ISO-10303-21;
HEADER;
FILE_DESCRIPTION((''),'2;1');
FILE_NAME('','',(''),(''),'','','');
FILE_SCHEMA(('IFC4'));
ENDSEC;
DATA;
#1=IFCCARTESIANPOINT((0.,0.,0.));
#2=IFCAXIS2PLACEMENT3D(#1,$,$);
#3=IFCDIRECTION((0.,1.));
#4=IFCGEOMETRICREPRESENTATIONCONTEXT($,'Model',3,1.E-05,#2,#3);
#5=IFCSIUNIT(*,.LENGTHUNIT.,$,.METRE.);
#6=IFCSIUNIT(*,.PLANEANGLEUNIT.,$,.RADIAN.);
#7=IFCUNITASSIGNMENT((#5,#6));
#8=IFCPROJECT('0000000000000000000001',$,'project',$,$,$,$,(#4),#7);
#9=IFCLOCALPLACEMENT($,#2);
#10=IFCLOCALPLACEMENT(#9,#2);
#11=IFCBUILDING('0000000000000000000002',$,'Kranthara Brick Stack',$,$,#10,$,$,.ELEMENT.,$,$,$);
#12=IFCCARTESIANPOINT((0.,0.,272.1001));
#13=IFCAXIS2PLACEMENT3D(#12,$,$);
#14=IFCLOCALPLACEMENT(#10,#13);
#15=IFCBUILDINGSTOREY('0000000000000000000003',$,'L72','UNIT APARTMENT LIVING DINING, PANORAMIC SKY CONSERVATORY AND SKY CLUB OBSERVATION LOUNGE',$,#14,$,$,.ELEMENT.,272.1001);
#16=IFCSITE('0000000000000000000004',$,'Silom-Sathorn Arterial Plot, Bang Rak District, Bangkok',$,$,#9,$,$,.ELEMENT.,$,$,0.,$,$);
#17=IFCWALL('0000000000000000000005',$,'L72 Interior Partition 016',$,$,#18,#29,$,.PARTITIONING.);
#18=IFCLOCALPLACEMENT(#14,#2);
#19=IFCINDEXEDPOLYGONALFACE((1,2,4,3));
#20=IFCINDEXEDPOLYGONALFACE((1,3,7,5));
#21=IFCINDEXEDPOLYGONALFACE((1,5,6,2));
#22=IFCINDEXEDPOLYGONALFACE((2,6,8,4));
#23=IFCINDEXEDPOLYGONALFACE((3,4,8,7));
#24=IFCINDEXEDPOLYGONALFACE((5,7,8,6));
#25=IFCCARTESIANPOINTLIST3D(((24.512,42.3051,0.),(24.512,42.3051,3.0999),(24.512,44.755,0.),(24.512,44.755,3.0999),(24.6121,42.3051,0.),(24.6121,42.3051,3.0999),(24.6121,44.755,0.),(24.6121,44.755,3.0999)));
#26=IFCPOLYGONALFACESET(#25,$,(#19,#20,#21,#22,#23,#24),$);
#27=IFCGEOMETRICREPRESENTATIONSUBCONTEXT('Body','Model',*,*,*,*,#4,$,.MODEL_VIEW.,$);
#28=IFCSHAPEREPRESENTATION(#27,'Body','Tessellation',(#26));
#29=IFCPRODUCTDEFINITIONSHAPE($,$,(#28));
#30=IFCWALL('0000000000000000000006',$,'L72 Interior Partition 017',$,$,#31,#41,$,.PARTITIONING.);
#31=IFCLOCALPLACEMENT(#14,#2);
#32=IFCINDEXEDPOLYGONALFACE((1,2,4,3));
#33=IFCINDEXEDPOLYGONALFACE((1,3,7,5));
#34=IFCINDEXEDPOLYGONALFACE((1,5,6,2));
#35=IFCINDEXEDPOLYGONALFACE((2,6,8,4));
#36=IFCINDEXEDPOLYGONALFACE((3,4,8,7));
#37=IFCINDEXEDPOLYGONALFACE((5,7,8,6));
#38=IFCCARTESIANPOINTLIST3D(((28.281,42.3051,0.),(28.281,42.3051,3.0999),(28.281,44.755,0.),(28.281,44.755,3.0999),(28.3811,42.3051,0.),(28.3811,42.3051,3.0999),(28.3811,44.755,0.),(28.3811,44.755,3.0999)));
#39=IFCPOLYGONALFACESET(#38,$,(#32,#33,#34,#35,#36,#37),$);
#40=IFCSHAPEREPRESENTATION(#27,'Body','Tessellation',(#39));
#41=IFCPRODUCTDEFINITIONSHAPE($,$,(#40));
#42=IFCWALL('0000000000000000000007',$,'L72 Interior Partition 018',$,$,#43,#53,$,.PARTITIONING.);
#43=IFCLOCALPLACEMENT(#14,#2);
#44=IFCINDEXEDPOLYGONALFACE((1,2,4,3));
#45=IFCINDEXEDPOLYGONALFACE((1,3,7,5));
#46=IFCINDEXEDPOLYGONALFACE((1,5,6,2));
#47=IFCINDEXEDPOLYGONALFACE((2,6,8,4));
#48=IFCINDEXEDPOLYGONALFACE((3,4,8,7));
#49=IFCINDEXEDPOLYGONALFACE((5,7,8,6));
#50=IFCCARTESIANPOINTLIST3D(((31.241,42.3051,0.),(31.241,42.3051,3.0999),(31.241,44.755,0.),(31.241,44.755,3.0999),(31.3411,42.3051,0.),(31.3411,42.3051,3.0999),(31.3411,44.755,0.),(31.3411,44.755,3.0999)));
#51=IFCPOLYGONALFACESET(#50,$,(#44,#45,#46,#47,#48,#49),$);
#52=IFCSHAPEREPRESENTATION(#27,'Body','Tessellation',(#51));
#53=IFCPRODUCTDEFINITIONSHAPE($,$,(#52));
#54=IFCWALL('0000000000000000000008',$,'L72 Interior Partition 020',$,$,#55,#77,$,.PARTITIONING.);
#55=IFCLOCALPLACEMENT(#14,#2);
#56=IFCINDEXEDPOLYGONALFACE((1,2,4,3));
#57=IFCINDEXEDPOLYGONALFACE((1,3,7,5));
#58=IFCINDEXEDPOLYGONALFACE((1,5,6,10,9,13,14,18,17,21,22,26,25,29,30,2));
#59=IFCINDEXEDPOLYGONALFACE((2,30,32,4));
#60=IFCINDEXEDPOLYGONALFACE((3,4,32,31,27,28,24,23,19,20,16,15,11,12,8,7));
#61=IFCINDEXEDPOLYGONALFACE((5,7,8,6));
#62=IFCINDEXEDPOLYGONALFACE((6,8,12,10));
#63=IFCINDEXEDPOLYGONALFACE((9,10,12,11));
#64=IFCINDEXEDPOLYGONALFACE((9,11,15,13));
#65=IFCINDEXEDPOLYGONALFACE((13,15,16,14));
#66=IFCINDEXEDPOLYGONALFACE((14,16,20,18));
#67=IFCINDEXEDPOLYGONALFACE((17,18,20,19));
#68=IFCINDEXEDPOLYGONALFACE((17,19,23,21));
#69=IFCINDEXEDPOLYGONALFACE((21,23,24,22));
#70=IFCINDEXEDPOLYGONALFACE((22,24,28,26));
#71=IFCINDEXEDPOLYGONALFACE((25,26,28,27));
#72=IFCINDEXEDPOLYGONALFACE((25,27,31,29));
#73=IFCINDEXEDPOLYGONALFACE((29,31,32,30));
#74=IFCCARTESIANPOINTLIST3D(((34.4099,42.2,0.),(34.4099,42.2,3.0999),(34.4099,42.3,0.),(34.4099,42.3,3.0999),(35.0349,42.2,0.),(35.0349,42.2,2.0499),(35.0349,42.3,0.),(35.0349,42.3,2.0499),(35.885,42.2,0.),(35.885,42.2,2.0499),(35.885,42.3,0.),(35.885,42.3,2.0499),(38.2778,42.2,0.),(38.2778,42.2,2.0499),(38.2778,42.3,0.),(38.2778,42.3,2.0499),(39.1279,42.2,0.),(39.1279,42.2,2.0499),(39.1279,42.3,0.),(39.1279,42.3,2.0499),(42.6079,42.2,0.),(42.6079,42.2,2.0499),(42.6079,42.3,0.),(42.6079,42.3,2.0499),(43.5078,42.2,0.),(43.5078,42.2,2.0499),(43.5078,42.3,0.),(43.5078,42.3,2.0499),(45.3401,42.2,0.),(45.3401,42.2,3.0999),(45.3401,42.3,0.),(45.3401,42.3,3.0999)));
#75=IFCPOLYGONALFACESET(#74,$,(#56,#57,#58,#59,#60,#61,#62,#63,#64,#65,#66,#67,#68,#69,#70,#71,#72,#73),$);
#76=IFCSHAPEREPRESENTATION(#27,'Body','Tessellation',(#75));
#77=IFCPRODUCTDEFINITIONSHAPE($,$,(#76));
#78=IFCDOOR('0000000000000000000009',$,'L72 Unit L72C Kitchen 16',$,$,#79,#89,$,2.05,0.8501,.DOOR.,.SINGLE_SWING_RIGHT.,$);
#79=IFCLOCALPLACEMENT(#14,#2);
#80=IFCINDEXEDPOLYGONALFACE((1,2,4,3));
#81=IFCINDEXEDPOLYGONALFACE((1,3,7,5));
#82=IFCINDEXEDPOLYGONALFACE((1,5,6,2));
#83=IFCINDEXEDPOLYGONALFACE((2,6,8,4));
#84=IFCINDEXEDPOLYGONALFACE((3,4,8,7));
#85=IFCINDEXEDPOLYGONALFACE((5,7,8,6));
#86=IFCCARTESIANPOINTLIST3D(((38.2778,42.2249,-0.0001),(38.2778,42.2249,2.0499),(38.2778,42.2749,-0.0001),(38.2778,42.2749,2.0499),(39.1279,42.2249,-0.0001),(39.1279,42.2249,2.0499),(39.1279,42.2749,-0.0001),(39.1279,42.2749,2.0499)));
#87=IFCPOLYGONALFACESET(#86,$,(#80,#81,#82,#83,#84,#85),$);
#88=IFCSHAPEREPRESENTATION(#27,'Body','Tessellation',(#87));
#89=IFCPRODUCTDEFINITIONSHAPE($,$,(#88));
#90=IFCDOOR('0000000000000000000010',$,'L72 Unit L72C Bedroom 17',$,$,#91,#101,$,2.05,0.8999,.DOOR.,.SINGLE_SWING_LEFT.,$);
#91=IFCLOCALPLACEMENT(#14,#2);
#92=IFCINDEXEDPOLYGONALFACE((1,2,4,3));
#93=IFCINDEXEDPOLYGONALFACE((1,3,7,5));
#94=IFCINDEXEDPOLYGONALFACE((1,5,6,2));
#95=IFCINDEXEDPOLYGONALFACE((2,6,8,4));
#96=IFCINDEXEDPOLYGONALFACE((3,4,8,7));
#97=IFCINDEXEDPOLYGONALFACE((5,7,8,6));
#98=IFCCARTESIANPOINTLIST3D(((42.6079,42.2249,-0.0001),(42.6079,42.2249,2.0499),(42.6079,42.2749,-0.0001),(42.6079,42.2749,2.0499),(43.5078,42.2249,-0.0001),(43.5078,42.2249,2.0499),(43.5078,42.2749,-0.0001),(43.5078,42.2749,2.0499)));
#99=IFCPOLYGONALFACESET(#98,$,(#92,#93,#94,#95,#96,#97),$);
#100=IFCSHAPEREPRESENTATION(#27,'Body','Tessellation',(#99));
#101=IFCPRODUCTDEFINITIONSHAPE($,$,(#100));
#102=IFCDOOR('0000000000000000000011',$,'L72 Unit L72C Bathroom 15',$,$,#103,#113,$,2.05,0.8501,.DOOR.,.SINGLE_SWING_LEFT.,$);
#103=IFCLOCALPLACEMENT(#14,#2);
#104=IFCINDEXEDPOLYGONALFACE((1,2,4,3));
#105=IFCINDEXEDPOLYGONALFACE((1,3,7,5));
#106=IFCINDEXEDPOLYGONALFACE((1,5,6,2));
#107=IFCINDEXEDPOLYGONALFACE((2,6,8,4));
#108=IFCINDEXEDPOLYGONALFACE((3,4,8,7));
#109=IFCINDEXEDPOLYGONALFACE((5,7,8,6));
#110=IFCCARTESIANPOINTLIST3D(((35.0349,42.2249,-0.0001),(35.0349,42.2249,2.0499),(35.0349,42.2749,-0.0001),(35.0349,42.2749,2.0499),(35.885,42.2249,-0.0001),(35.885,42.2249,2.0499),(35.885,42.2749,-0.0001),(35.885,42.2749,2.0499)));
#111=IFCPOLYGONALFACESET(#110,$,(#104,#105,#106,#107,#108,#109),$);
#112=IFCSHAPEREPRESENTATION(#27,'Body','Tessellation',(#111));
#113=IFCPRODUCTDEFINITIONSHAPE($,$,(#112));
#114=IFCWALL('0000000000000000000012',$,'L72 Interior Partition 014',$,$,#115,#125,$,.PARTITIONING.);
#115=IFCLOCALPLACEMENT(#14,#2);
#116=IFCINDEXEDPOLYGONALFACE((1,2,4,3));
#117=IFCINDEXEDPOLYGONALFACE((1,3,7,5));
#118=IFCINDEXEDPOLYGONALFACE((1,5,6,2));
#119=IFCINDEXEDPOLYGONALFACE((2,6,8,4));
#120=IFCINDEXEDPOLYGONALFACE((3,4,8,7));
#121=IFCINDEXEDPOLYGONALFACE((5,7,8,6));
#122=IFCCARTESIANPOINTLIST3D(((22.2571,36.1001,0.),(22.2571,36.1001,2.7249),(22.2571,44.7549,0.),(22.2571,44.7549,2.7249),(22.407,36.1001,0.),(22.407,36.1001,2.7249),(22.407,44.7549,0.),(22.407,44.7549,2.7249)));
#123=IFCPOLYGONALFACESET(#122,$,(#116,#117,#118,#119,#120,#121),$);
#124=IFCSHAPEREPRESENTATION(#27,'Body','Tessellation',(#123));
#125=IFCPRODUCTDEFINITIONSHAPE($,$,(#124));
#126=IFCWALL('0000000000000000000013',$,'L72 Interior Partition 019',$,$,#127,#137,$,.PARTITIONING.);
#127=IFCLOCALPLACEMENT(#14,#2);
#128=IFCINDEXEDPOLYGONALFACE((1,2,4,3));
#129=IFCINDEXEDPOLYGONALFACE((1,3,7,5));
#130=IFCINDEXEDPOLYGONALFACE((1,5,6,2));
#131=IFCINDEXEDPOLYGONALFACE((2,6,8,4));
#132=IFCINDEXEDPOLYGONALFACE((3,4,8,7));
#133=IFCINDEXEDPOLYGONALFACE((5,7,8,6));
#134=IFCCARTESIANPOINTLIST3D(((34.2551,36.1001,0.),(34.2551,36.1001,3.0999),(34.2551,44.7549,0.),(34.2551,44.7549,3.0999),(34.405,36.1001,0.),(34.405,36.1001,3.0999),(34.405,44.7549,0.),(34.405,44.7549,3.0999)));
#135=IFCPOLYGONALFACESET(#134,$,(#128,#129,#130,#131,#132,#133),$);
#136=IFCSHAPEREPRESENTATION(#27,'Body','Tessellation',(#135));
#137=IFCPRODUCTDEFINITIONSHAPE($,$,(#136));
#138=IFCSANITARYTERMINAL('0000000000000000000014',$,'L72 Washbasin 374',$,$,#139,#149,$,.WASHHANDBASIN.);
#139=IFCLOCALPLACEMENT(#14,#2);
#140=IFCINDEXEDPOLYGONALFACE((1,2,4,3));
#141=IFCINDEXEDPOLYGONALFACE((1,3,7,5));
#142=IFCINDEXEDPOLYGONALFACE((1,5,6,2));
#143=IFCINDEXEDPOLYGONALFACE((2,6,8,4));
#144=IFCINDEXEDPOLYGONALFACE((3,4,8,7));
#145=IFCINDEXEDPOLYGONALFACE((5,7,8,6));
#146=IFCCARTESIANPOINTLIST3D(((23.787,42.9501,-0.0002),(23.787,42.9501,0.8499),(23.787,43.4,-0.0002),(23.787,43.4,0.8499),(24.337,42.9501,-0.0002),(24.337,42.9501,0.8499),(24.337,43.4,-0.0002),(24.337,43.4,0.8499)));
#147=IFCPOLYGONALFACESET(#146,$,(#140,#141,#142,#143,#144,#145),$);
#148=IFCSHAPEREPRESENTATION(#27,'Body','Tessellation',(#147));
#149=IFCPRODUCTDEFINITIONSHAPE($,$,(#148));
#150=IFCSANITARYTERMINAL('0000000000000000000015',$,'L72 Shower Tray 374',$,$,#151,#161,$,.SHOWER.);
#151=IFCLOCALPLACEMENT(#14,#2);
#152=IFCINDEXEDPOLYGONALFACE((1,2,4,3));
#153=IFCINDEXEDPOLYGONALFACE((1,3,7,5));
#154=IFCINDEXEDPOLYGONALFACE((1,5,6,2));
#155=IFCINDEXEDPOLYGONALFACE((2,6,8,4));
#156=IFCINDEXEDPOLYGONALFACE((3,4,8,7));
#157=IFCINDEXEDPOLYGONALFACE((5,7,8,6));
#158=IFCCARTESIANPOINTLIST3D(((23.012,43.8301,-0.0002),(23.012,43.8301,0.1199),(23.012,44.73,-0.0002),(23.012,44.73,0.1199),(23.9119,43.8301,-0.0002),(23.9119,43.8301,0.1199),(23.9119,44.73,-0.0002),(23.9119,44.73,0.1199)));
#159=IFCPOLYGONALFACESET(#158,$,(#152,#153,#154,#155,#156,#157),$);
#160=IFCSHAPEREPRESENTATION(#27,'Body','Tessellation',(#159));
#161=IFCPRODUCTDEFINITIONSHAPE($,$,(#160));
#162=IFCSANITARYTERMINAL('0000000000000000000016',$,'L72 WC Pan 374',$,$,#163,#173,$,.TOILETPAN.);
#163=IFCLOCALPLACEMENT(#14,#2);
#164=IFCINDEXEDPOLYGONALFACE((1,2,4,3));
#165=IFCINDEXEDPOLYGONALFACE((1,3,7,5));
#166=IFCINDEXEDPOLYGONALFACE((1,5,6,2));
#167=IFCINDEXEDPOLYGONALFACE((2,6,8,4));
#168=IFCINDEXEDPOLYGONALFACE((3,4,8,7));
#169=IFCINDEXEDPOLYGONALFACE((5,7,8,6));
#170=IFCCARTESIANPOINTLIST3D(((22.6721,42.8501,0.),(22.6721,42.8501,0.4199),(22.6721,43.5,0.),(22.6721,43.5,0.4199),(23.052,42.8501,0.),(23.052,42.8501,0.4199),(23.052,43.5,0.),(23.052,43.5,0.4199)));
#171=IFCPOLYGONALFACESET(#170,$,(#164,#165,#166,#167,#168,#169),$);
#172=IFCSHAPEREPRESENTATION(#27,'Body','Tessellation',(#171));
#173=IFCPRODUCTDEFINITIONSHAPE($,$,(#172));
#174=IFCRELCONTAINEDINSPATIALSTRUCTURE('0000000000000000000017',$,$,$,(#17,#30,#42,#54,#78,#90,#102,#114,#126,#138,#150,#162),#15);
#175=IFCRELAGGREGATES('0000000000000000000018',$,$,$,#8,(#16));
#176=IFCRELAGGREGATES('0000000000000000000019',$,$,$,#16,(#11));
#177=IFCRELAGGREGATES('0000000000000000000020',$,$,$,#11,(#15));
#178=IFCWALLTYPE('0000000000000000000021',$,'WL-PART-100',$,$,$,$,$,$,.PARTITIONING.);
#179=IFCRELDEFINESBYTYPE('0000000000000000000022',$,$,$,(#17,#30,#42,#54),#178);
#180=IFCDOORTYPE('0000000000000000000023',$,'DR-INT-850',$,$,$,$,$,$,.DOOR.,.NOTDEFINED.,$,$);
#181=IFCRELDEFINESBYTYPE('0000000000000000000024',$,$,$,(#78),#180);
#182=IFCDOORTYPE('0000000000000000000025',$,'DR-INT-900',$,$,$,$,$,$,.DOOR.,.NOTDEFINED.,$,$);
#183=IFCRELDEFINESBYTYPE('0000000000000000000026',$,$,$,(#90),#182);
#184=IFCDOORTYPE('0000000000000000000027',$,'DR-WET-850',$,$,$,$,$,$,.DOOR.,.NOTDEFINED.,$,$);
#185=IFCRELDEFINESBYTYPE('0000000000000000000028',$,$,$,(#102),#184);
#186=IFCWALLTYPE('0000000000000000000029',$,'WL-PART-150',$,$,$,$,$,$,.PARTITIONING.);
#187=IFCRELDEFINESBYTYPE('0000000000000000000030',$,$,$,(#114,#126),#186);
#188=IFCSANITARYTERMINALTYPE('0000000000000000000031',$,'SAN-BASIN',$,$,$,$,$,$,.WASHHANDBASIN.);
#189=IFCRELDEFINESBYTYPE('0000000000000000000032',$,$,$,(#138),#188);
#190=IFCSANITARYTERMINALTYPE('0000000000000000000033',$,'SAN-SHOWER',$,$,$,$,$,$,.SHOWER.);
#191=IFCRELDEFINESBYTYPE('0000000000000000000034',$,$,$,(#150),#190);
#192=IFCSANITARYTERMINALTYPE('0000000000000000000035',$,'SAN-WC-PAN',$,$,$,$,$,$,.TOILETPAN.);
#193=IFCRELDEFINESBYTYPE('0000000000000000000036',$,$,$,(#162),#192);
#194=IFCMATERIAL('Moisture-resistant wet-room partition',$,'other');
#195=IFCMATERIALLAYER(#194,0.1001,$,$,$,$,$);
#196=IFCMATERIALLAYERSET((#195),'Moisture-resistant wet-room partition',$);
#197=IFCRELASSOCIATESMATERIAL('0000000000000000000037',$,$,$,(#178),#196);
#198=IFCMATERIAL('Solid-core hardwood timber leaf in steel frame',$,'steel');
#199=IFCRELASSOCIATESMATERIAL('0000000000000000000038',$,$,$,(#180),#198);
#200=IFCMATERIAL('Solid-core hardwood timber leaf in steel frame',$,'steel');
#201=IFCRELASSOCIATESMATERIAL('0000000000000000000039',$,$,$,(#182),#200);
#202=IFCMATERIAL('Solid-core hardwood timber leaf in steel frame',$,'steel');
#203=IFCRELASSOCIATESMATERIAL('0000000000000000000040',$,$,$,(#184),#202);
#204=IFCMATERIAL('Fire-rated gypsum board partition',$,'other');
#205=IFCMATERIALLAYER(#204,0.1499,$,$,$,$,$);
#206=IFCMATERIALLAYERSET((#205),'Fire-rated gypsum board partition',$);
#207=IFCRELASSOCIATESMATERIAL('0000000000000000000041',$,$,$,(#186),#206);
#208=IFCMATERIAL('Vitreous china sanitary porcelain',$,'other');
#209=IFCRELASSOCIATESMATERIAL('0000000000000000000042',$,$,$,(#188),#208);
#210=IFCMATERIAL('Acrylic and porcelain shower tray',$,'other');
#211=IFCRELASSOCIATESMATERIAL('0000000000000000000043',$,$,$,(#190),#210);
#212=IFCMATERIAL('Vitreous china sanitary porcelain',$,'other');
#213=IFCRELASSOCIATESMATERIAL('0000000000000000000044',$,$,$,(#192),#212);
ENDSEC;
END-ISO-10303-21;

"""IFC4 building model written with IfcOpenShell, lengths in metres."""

from ifc_helpers import new_model, si_unit, direction, frame, frame_2d, origin, origin_2d, place, context, subcontext, project, spatial, rectangle, extrude, material, layer, layer_set, type_object, element, fill, save


model = new_model("IFC4")

# Units and contexts
model_context = context("Model", 3, precision=1e-05, world=origin(), true_north=direction((0.0, 1.0)))
body_context = subcontext(model_context, "Body", "Model", "MODEL_VIEW")
ifc_project = project(units=[si_unit("LENGTHUNIT", "METRE"), si_unit("PLANEANGLEUNIT", "RADIAN")], contexts=[model_context])

# Site, building, storey
site_placement = place(None, origin())
site = spatial("IfcSite", under=ifc_project, at=site_placement, Name="Silom-Sathorn Arterial Plot, Bang Rak District, Bangkok", CompositionType="ELEMENT", RefElevation=0.0)
building_placement = place(site_placement, origin())
building = spatial("IfcBuilding", under=site, at=building_placement, Name="Kranthara Brick Stack", CompositionType="ELEMENT")
storey_placement = place(building_placement, frame((0.0, 0.0, 272.1001)))
storey = spatial("IfcBuildingStorey", under=building, at=storey_placement, Name="L72", Description="UNIT APARTMENT LIVING DINING, PANORAMIC SKY CONSERVATORY AND SKY CLUB OBSERVATION LOUNGE", CompositionType="ELEMENT", Elevation=272.1001)

# Shared definitions
ifc_material_1 = material(Name="Moisture-resistant wet-room partition", Category="other")
ifc_layer_1 = layer(ifc_material_1, 0.1001)
ifc_layer_set_1 = layer_set([ifc_layer_1], Name="Moisture-resistant wet-room partition")
wall_type_1 = type_object("IfcWallType", Name="WL-PART-100", PredefinedType="PARTITIONING", material=ifc_layer_set_1)
ifc_material_2 = material(Name="Solid-core hardwood timber leaf in steel frame", Category="steel")
door_type_1 = type_object("IfcDoorType", Name="DR-INT-850", OperationType="NOTDEFINED", PredefinedType="DOOR", material=ifc_material_2)
ifc_material_3 = material(Name="Solid-core hardwood timber leaf in steel frame", Category="steel")
door_type_2 = type_object("IfcDoorType", Name="DR-INT-900", OperationType="NOTDEFINED", PredefinedType="DOOR", material=ifc_material_3)
ifc_material_4 = material(Name="Solid-core hardwood timber leaf in steel frame", Category="steel")
door_type_3 = type_object("IfcDoorType", Name="DR-WET-850", OperationType="NOTDEFINED", PredefinedType="DOOR", material=ifc_material_4)

# Walls
for number, where, z_axis, x_axis, name in (
    (1, (24.562, 42.3049, 0.0), (0.0, 0.0, 1.0), (0.0, 1.0, 0.0), "L72 Interior Partition 016"),
    (2, (28.3311, 42.3049, 0.0), (0.0, 0.0, 1.0), (0.0, 1.0, 0.0), "L72 Interior Partition 017"),
    (3, (31.291, 42.3049, 0.0), (0.0, 0.0, 1.0), (0.0, 1.0, 0.0), "L72 Interior Partition 018"),
):
    element("IfcWall", number, at=place(storey_placement, frame(where, z_axis=z_axis, x_axis=x_axis)), inside=storey, type_object=wall_type_1, Name=name, PredefinedType="PARTITIONING", context=body_context, shape_type="SweptSolid", body=[
        extrude(rectangle(XDim=2.45, YDim=0.1001, at=frame_2d((1.2251, 0.0))), origin(), (0.0, 0.0, 1.0), 3.0999),
    ])

# Wall, openings, doors
wall_1_placement = place(storey_placement, frame((34.4099, 42.25, 0.0), z_axis=(0.0, 0.0, 1.0), x_axis=(1.0, 0.0, 0.0)))
wall_1 = element("IfcWall", 4, at=wall_1_placement, inside=storey, type_object=wall_type_1, Name="L72 Interior Partition 020", PredefinedType="PARTITIONING", context=body_context, shape_type="SweptSolid", body=[
    extrude(rectangle(XDim=10.9302, YDim=0.1001, at=frame_2d((5.4651, 0.0))), origin(), (0.0, 0.0, 1.0), 3.0999),
])
opening_1_placement = place(wall_1_placement, frame((0.625, 0.0, 0.0)))
opening_1 = element("IfcOpeningElement", 5, at=opening_1_placement, cuts=wall_1, PredefinedType="OPENING", context=body_context, shape_type="SweptSolid", body=[
    extrude(rectangle(XDim=0.8501, YDim=2.05, at=frame_2d((0.425, 1.0249))), frame((0.0, 0.0601, 0.0), z_axis=(0.0, -1.0, 0.0), x_axis=(1.0, 0.0, 0.0)), (0.0, 0.0, 1.0), 0.1201),
])
opening_2_placement = place(wall_1_placement, frame((3.8679, 0.0, 0.0)))
opening_2 = element("IfcOpeningElement", 6, at=opening_2_placement, cuts=wall_1, PredefinedType="OPENING", context=body_context, shape_type="SweptSolid", body=[
    extrude(rectangle(XDim=0.8501, YDim=2.05, at=frame_2d((0.425, 1.0249))), frame((0.0, 0.0601, 0.0), z_axis=(0.0, -1.0, 0.0), x_axis=(1.0, 0.0, 0.0)), (0.0, 0.0, 1.0), 0.1201),
])
opening_3_placement = place(wall_1_placement, frame((8.198, 0.0, 0.0)))
opening_3 = element("IfcOpeningElement", 7, at=opening_3_placement, cuts=wall_1, PredefinedType="OPENING", context=body_context, shape_type="SweptSolid", body=[
    extrude(rectangle(XDim=0.8999, YDim=2.05, at=frame_2d((0.45, 1.0249))), frame((0.0, 0.0601, 0.0), z_axis=(0.0, -1.0, 0.0), x_axis=(1.0, 0.0, 0.0)), (0.0, 0.0, 1.0), 0.1201),
])
door_1_placement = place(opening_2_placement, origin())
door_1 = element("IfcDoor", 8, at=door_1_placement, inside=storey, type_object=door_type_1, Name="L72 Unit L72C Kitchen 16", OperationType="SINGLE_SWING_RIGHT", OverallHeight=2.05, OverallWidth=0.8501, PredefinedType="DOOR", context=body_context, shape_type="SweptSolid", body=[
    extrude(rectangle(XDim=0.8501, YDim=2.05, at=frame_2d((0.425, 1.0249))), frame((0.0, 0.0249, 0.0), z_axis=(0.0, -1.0, 0.0), x_axis=(1.0, 0.0, 0.0)), (0.0, 0.0, 1.0), 0.05),
])
fill(opening_2, door_1)
door_2_placement = place(opening_3_placement, origin())
door_2 = element("IfcDoor", 9, at=door_2_placement, inside=storey, type_object=door_type_2, Name="L72 Unit L72C Bedroom 17", OperationType="SINGLE_SWING_LEFT", OverallHeight=2.05, OverallWidth=0.8999, PredefinedType="DOOR", context=body_context, shape_type="SweptSolid", body=[
    extrude(rectangle(XDim=0.8999, YDim=2.05, at=frame_2d((0.45, 1.0249))), frame((0.0, 0.0249, 0.0), z_axis=(0.0, -1.0, 0.0), x_axis=(1.0, 0.0, 0.0)), (0.0, 0.0, 1.0), 0.05),
])
fill(opening_3, door_2)
door_3_placement = place(opening_1_placement, origin())
door_3 = element("IfcDoor", 10, at=door_3_placement, inside=storey, type_object=door_type_3, Name="L72 Unit L72C Bathroom 15", OperationType="SINGLE_SWING_LEFT", OverallHeight=2.05, OverallWidth=0.8501, PredefinedType="DOOR", context=body_context, shape_type="SweptSolid", body=[
    extrude(rectangle(XDim=0.8501, YDim=2.05, at=frame_2d((0.425, 1.0249))), frame((0.0, 0.0249, 0.0), z_axis=(0.0, -1.0, 0.0), x_axis=(1.0, 0.0, 0.0)), (0.0, 0.0, 1.0), 0.05),
])
fill(opening_1, door_3)

# Walls
ifc_material_5 = material(Name="Fire-rated gypsum board partition", Category="other")
ifc_layer_2 = layer(ifc_material_5, 0.1499)
ifc_layer_set_2 = layer_set([ifc_layer_2], Name="Fire-rated gypsum board partition")
wall_type_2 = type_object("IfcWallType", Name="WL-PART-150", PredefinedType="PARTITIONING", material=ifc_layer_set_2)
wall_2_placement = place(storey_placement, frame((22.332, 36.1001, 0.0), z_axis=(0.0, 0.0, 1.0), x_axis=(0.0, 1.0, 0.0)))
element("IfcWall", 11, at=wall_2_placement, inside=storey, type_object=wall_type_2, Name="L72 Interior Partition 014", PredefinedType="PARTITIONING", context=body_context, shape_type="SweptSolid", body=[
    extrude(rectangle(XDim=8.6548, YDim=0.1499, at=frame_2d((4.3274, 0.0))), origin(), (0.0, 0.0, 1.0), 2.7249),
])
wall_3_placement = place(storey_placement, frame((34.3301, 36.1001, 0.0), z_axis=(0.0, 0.0, 1.0), x_axis=(0.0, 1.0, 0.0)))
element("IfcWall", 12, at=wall_3_placement, inside=storey, type_object=wall_type_2, Name="L72 Interior Partition 019", PredefinedType="PARTITIONING", context=body_context, shape_type="SweptSolid", body=[
    extrude(rectangle(XDim=8.6548, YDim=0.1499, at=frame_2d((4.3274, 0.0))), origin(), (0.0, 0.0, 1.0), 3.0999),
])

# Sanitary terminals
ifc_material_6 = material(Name="Vitreous china sanitary porcelain", Category="other")
sanitary_terminal_type_1 = type_object("IfcSanitaryTerminalType", Name="SAN-BASIN", PredefinedType="WASHHANDBASIN", material=ifc_material_6)
sanitary_terminal_1_placement = place(storey_placement, frame((24.062, 43.175, -0.0002), z_axis=(0.0, 0.0, 1.0), x_axis=(1.0, 0.0, 0.0)))
element("IfcSanitaryTerminal", 13, at=sanitary_terminal_1_placement, inside=storey, type_object=sanitary_terminal_type_1, Name="L72 Washbasin 374", PredefinedType="WASHHANDBASIN", context=body_context, shape_type="SweptSolid", body=[
    extrude(rectangle(XDim=0.55, YDim=0.45, at=origin_2d()), origin(), (0.0, 0.0, 1.0), 0.8501),
])
ifc_material_7 = material(Name="Acrylic and porcelain shower tray", Category="other")
sanitary_terminal_type_2 = type_object("IfcSanitaryTerminalType", Name="SAN-SHOWER", PredefinedType="SHOWER", material=ifc_material_7)
sanitary_terminal_2_placement = place(storey_placement, frame((23.4619, 44.28, -0.0002), z_axis=(0.0, 0.0, 1.0), x_axis=(1.0, 0.0, 0.0)))
element("IfcSanitaryTerminal", 14, at=sanitary_terminal_2_placement, inside=storey, type_object=sanitary_terminal_type_2, Name="L72 Shower Tray 374", PredefinedType="SHOWER", context=body_context, shape_type="SweptSolid", body=[
    extrude(rectangle(XDim=0.8999, YDim=0.8999, at=origin_2d()), origin(), (0.0, 0.0, 1.0), 0.1201),
])
ifc_material_8 = material(Name="Vitreous china sanitary porcelain", Category="other")
sanitary_terminal_type_3 = type_object("IfcSanitaryTerminalType", Name="SAN-WC-PAN", PredefinedType="TOILETPAN", material=ifc_material_8)
for number, where, z_axis, x_axis, name in (
    (15, (22.8621, 43.175, 0.0), (0.0, 0.0, 1.0), (1.0, 0.0, 0.0), "L72 WC Pan 374"),
):
    element("IfcSanitaryTerminal", number, at=place(storey_placement, frame(where, z_axis=z_axis, x_axis=x_axis)), inside=storey, type_object=sanitary_terminal_type_3, Name=name, PredefinedType="TOILETPAN", context=body_context, shape_type="SweptSolid", body=[
        extrude(rectangle(XDim=0.3799, YDim=0.6499, at=origin_2d()), origin(), (0.0, 0.0, 1.0), 0.4199),
    ])

save(model, "model.ifc")
